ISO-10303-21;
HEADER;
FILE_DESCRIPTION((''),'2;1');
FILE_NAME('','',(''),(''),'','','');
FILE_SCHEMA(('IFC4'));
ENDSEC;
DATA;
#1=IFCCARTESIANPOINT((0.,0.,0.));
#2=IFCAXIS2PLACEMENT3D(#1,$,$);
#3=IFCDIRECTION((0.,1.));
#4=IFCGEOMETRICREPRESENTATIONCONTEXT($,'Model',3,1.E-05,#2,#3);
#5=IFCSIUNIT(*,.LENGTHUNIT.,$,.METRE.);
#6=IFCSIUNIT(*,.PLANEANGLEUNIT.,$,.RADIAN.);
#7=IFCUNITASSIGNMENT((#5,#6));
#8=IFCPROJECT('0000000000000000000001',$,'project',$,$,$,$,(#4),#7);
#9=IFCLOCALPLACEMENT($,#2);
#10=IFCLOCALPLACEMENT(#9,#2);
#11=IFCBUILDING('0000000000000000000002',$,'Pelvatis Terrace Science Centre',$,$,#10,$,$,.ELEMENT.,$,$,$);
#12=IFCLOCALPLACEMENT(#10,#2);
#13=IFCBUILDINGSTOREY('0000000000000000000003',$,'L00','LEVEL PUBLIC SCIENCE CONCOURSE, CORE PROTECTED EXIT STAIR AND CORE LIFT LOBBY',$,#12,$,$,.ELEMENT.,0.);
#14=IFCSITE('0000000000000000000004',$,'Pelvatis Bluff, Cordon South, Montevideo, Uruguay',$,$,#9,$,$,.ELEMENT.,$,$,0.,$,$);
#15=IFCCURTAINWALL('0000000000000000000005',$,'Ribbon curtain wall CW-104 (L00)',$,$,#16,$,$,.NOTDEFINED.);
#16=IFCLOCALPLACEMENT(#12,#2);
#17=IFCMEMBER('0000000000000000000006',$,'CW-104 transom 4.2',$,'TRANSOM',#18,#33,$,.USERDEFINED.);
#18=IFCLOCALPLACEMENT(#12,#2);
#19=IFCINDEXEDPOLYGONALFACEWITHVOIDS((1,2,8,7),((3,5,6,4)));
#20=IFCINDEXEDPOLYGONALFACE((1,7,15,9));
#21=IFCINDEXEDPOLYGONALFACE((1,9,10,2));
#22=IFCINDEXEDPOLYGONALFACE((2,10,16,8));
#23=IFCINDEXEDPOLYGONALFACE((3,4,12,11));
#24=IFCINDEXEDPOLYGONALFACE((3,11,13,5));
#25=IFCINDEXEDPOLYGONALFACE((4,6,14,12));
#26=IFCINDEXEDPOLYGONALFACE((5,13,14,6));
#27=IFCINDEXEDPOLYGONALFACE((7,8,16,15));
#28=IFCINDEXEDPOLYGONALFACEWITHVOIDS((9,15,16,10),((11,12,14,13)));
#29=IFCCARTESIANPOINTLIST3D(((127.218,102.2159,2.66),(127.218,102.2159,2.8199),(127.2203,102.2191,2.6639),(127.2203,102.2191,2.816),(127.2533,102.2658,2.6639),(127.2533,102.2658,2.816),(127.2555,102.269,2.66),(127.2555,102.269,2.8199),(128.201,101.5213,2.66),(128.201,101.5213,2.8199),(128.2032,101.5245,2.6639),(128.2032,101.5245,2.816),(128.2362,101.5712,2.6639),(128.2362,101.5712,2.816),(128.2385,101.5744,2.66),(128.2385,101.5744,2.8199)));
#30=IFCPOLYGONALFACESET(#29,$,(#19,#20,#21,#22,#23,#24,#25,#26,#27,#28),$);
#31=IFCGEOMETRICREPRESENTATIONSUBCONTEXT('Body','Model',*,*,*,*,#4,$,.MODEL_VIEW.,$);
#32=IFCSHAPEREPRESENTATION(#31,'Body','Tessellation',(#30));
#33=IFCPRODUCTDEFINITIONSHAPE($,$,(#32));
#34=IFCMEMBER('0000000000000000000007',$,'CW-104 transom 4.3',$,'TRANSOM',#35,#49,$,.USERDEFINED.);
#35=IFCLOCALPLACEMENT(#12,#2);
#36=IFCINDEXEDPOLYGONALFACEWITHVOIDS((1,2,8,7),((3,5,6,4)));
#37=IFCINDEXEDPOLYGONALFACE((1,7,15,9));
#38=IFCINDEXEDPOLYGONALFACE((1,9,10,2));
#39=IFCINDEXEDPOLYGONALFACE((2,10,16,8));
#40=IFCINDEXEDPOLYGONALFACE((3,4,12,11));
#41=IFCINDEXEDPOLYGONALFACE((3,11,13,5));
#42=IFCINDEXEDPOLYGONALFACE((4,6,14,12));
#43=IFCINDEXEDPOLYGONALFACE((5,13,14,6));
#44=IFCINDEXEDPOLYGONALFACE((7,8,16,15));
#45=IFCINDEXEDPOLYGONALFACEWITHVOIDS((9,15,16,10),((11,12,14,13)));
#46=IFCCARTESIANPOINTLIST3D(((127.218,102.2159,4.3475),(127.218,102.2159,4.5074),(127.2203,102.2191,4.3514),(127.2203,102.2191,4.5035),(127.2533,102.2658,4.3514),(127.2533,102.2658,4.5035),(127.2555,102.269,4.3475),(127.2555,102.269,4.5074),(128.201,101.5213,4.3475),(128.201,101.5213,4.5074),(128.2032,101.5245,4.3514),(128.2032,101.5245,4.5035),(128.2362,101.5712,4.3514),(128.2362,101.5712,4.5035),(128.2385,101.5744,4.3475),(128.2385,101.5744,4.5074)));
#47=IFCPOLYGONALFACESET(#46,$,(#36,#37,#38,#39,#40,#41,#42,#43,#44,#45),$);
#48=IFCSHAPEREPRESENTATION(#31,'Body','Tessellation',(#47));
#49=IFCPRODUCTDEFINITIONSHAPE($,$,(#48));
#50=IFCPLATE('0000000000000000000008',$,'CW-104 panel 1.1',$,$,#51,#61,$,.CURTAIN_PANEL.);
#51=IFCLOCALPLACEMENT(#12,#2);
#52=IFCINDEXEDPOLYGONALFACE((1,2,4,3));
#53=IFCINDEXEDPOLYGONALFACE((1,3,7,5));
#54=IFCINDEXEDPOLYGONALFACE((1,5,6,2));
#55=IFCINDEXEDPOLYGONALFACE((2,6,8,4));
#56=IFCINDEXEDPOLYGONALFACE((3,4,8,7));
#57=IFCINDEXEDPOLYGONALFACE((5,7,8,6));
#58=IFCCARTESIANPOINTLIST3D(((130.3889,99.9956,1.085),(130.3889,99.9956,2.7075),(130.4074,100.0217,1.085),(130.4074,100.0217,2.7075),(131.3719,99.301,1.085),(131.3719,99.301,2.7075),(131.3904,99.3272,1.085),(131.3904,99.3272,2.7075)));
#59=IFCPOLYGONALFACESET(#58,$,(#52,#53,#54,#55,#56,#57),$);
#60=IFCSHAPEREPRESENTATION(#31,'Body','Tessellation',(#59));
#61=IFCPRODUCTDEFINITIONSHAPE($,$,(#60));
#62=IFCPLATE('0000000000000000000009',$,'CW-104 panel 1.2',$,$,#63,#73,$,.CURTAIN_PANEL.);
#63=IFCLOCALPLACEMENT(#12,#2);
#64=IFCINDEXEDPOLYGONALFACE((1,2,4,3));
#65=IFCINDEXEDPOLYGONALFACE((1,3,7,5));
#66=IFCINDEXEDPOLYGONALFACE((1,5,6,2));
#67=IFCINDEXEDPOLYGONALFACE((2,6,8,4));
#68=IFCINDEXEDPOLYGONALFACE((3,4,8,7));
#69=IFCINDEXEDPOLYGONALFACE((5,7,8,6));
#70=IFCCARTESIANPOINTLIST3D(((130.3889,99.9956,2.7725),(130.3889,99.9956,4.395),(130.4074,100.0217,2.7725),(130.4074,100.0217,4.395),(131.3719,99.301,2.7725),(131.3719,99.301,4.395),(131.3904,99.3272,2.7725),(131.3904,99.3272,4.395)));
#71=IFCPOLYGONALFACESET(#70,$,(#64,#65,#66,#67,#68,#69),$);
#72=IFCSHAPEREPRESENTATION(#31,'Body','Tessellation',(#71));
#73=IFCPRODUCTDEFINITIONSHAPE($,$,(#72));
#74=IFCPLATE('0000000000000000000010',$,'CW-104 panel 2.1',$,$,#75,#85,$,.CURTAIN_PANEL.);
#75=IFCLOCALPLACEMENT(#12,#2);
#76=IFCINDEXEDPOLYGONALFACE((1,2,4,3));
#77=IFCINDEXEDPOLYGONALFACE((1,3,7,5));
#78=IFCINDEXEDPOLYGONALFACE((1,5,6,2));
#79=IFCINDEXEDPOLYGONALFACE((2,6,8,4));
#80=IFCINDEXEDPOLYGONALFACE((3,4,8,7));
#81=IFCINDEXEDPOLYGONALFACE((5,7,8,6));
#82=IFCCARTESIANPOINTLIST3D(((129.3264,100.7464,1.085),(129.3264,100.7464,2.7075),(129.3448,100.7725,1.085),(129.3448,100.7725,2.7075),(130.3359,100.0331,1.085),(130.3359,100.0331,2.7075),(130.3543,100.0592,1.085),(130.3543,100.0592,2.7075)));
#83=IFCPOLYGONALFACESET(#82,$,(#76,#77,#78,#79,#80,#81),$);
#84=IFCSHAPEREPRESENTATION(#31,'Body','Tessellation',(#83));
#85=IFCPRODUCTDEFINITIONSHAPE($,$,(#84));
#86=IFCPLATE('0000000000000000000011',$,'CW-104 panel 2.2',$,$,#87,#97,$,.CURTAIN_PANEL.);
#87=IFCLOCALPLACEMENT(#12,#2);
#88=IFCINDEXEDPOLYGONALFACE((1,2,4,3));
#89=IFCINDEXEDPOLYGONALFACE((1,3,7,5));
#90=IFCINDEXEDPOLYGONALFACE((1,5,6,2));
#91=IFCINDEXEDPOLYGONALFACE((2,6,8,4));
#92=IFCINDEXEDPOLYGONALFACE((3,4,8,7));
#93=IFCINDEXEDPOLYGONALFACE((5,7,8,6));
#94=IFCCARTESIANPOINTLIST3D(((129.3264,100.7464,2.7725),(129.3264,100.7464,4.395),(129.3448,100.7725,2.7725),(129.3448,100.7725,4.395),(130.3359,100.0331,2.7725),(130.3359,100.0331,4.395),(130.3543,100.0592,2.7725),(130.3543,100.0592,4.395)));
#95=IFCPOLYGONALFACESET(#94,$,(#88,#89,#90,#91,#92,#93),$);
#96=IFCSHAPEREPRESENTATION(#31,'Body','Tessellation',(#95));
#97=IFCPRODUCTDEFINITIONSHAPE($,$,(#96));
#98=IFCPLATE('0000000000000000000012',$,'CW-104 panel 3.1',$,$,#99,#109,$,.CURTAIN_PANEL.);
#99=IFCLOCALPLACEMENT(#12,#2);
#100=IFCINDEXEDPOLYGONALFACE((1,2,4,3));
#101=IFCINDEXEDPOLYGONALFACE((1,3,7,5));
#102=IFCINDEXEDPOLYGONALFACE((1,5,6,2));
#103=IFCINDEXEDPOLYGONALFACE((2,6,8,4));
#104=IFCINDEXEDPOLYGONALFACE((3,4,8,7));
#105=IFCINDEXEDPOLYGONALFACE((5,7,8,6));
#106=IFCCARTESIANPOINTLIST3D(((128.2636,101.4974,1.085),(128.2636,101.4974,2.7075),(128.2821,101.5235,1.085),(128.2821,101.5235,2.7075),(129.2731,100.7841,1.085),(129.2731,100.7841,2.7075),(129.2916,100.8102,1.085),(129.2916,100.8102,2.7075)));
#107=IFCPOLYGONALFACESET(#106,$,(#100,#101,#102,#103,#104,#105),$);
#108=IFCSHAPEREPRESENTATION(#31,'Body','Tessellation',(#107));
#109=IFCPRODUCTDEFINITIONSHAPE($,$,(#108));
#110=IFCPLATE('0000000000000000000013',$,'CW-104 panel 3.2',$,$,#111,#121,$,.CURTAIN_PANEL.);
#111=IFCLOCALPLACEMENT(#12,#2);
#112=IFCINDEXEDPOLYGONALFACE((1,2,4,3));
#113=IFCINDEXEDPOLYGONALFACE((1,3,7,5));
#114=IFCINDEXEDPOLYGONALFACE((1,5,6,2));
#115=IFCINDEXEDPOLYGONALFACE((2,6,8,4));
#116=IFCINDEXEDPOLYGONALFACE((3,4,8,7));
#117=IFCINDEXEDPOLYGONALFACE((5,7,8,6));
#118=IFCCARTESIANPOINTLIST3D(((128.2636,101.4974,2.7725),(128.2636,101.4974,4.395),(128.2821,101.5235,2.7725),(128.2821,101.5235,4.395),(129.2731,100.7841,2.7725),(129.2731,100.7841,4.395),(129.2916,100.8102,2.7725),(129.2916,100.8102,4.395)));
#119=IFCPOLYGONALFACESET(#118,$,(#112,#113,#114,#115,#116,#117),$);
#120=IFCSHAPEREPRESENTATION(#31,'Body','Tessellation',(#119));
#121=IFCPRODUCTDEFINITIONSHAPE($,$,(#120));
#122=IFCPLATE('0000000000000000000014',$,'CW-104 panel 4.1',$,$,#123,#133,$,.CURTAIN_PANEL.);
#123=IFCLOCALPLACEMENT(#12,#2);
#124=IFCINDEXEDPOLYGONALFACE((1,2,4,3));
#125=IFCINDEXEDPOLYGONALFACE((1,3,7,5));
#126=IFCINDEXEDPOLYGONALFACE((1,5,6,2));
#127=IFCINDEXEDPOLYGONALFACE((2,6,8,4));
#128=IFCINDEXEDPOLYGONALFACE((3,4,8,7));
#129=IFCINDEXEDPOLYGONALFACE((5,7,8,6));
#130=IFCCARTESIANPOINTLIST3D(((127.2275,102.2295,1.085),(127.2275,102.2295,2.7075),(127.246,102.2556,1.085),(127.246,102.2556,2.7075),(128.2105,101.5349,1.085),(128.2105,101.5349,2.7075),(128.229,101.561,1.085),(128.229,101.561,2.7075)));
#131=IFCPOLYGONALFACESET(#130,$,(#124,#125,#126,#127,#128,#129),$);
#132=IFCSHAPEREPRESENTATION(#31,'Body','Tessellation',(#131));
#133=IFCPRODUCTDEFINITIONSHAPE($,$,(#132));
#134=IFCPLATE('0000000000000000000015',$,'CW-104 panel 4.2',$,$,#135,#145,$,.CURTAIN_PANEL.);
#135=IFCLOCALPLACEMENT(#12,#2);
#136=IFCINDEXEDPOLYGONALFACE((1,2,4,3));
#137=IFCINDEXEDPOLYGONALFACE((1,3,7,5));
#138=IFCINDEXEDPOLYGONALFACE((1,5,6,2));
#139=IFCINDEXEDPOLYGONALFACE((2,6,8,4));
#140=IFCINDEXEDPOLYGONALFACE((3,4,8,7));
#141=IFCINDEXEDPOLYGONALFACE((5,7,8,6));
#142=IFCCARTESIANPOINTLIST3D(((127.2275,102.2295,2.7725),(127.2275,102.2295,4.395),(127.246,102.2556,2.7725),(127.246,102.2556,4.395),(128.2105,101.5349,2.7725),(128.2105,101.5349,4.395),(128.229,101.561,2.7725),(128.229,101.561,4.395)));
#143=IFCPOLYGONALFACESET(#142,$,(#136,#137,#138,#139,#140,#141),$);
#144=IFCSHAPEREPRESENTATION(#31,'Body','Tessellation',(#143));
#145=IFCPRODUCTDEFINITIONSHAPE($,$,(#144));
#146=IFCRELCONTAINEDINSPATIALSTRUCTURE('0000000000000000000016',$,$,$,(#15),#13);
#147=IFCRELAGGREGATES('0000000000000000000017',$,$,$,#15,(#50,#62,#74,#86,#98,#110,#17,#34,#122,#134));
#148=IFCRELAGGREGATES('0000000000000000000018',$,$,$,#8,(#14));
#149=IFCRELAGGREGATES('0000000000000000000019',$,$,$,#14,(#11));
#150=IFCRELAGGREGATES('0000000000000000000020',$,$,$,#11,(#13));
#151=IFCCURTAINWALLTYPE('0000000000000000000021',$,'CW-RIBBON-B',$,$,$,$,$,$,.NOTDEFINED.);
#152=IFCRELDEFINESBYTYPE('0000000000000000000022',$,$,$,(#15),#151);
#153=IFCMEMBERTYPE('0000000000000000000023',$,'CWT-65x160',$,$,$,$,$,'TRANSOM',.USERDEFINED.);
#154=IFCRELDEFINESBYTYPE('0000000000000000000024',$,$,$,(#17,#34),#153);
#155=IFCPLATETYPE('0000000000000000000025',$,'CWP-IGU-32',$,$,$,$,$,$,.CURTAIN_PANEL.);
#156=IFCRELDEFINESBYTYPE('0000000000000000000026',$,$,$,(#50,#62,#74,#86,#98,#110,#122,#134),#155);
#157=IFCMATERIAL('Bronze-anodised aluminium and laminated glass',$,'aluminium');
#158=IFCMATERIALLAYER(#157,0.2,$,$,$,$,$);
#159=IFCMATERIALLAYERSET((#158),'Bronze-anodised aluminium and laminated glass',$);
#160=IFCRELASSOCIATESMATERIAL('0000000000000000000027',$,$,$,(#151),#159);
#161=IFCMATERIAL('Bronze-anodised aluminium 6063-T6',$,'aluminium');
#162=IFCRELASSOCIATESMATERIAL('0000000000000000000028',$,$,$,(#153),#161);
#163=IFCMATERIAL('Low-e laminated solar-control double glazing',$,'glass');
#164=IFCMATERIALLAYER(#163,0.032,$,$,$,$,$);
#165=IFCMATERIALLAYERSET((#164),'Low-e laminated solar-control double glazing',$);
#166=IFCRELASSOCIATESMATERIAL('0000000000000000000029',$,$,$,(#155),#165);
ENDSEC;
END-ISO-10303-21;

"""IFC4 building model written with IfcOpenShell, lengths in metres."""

from ifc_helpers import new_model, si_unit, direction, frame, origin, origin_2d, place, context, subcontext, project, spatial, rectangle, hollow_rectangle, extrude, material, layer, layer_set, material_profile, profile_set, type_object, element, aggregate, save


model = new_model("IFC4")

# Units and contexts
model_context = context("Model", 3, precision=1e-05, world=origin(), true_north=direction((0.0, 1.0)))
body_context = subcontext(model_context, "Body", "Model", "MODEL_VIEW")
ifc_project = project(units=[si_unit("LENGTHUNIT", "METRE"), si_unit("PLANEANGLEUNIT", "RADIAN")], contexts=[model_context])

# Site, building, storey
site_placement = place(None, origin())
site = spatial("IfcSite", under=ifc_project, at=site_placement, Name="Pelvatis Bluff, Cordon South, Montevideo, Uruguay", CompositionType="ELEMENT", RefElevation=0.0)
building_placement = place(site_placement, origin())
building = spatial("IfcBuilding", under=site, at=building_placement, Name="Pelvatis Terrace Science Centre", CompositionType="ELEMENT")
storey_placement = place(building_placement, origin())
storey = spatial("IfcBuildingStorey", under=building, at=storey_placement, Name="L00", Description="LEVEL PUBLIC SCIENCE CONCOURSE, CORE PROTECTED EXIT STAIR AND CORE LIFT LOBBY", CompositionType="ELEMENT", Elevation=0.0)

# Curtain wall, members, plates
ifc_material_1 = material(Name="Bronze-anodised aluminium and laminated glass", Category="aluminium")
ifc_layer_1 = layer(ifc_material_1, 0.2)
ifc_layer_set_1 = layer_set([ifc_layer_1], Name="Bronze-anodised aluminium and laminated glass")
curtain_wall_type = type_object("IfcCurtainWallType", Name="CW-RIBBON-B", PredefinedType="NOTDEFINED", material=ifc_layer_set_1)
curtain_wall_placement = place(storey_placement, origin())
curtain_wall = element("IfcCurtainWall", 1, at=curtain_wall_placement, inside=storey, type_object=curtain_wall_type, Name="Ribbon curtain wall CW-104 (L00)", PredefinedType="NOTDEFINED")
ifc_material_2 = material(Name="Bronze-anodised aluminium 6063-T6", Category="aluminium")
ifc_material_profile_1 = material_profile(ifc_material_2, hollow_rectangle(XDim=0.0649, YDim=0.1599, WallThickness=0.0039, at=origin_2d()), Name="ALU-TRN 65x160")
ifc_profile_set_1 = profile_set([ifc_material_profile_1], Name="Bronze-anodised aluminium 6063-T6")
member_type_1 = type_object("IfcMemberType", Name="CWT-65x160", ElementType="TRANSOM", PredefinedType="USERDEFINED", material=ifc_profile_set_1)
member_1_placement = place(storey_placement, frame((128.2197, 101.5479, 2.74), z_axis=(-0.81667, 0.577105, 0.0), x_axis=(-0.577105, -0.81667, 0.0)))
member_1 = element("IfcMember", 2, at=member_1_placement, type_object=member_type_1, Name="CW-104 transom 4.2", ObjectType="TRANSOM", PredefinedType="USERDEFINED", context=body_context, shape_type="SweptSolid", body=[
    extrude(hollow_rectangle(XDim=0.0649, YDim=0.1599, WallThickness=0.0039, at=origin_2d()), origin(), (0.0, 0.0, 1.0), 1.2036),
])
member_2_placement = place(storey_placement, frame((128.2197, 101.5479, 4.4275), z_axis=(-0.81667, 0.577105, 0.0), x_axis=(-0.577105, -0.81667, 0.0)))
member_2 = element("IfcMember", 3, at=member_2_placement, type_object=member_type_1, Name="CW-104 transom 4.3", ObjectType="TRANSOM", PredefinedType="USERDEFINED", context=body_context, shape_type="SweptSolid", body=[
    extrude(hollow_rectangle(XDim=0.0649, YDim=0.1599, WallThickness=0.0039, at=origin_2d()), origin(), (0.0, 0.0, 1.0), 1.2036),
])
ifc_material_3 = material(Name="Low-e laminated solar-control double glazing", Category="glass")
ifc_layer_2 = layer(ifc_material_3, 0.032)
ifc_layer_set_2 = layer_set([ifc_layer_2], Name="Low-e laminated solar-control double glazing")
plate_type = type_object("IfcPlateType", Name="CWP-IGU-32", PredefinedType="CURTAIN_PANEL", material=ifc_layer_set_2)
plate_1_placement = place(storey_placement, frame((130.8896, 99.6614, 1.085), z_axis=(0.0, 0.0, 1.0), x_axis=(-0.816698, 0.577065, 0.0)))
plate_1 = element("IfcPlate", 4, at=plate_1_placement, type_object=plate_type, Name="CW-104 panel 1.1", PredefinedType="CURTAIN_PANEL", context=body_context, shape_type="SweptSolid", body=[
    extrude(rectangle(XDim=1.2036, YDim=0.032, at=origin_2d()), origin(), (0.0, 0.0, 1.0), 1.6226),
])
plate_2_placement = place(storey_placement, frame((130.8896, 99.6614, 2.7725), z_axis=(0.0, 0.0, 1.0), x_axis=(-0.816698, 0.577065, 0.0)))
plate_2 = element("IfcPlate", 5, at=plate_2_placement, type_object=plate_type, Name="CW-104 panel 1.2", PredefinedType="CURTAIN_PANEL", context=body_context, shape_type="SweptSolid", body=[
    extrude(rectangle(XDim=1.2036, YDim=0.032, at=origin_2d()), origin(), (0.0, 0.0, 1.0), 1.6226),
])
plate_3_placement = place(storey_placement, frame((129.8403, 100.4028, 1.085), z_axis=(0.0, 0.0, 1.0), x_axis=(-0.816698, 0.577065, 0.0)))
plate_3 = element("IfcPlate", 6, at=plate_3_placement, type_object=plate_type, Name="CW-104 panel 2.1", PredefinedType="CURTAIN_PANEL", context=body_context, shape_type="SweptSolid", body=[
    extrude(rectangle(XDim=1.2361, YDim=0.032, at=origin_2d()), origin(), (0.0, 0.0, 1.0), 1.6226),
])
plate_4_placement = place(storey_placement, frame((129.8403, 100.4028, 2.7725), z_axis=(0.0, 0.0, 1.0), x_axis=(-0.816698, 0.577065, 0.0)))
plate_4 = element("IfcPlate", 7, at=plate_4_placement, type_object=plate_type, Name="CW-104 panel 2.2", PredefinedType="CURTAIN_PANEL", context=body_context, shape_type="SweptSolid", body=[
    extrude(rectangle(XDim=1.2361, YDim=0.032, at=origin_2d()), origin(), (0.0, 0.0, 1.0), 1.6226),
])
plate_5_placement = place(storey_placement, frame((128.7776, 101.1538, 1.085), z_axis=(0.0, 0.0, 1.0), x_axis=(-0.816698, 0.577065, 0.0)))
plate_5 = element("IfcPlate", 8, at=plate_5_placement, type_object=plate_type, Name="CW-104 panel 3.1", PredefinedType="CURTAIN_PANEL", context=body_context, shape_type="SweptSolid", body=[
    extrude(rectangle(XDim=1.2361, YDim=0.032, at=origin_2d()), origin(), (0.0, 0.0, 1.0), 1.6226),
])
plate_6_placement = place(storey_placement, frame((128.7776, 101.1538, 2.7725), z_axis=(0.0, 0.0, 1.0), x_axis=(-0.816698, 0.577065, 0.0)))
plate_6 = element("IfcPlate", 9, at=plate_6_placement, type_object=plate_type, Name="CW-104 panel 3.2", PredefinedType="CURTAIN_PANEL", context=body_context, shape_type="SweptSolid", body=[
    extrude(rectangle(XDim=1.2361, YDim=0.032, at=origin_2d()), origin(), (0.0, 0.0, 1.0), 1.6226),
])
plate_7_placement = place(storey_placement, frame((127.7283, 101.8953, 1.085), z_axis=(0.0, 0.0, 1.0), x_axis=(-0.816698, 0.577065, 0.0)))
plate_7 = element("IfcPlate", 10, at=plate_7_placement, type_object=plate_type, Name="CW-104 panel 4.1", PredefinedType="CURTAIN_PANEL", context=body_context, shape_type="SweptSolid", body=[
    extrude(rectangle(XDim=1.2036, YDim=0.032, at=origin_2d()), origin(), (0.0, 0.0, 1.0), 1.6226),
])
plate_8_placement = place(storey_placement, frame((127.7283, 101.8953, 2.7725), z_axis=(0.0, 0.0, 1.0), x_axis=(-0.816698, 0.577065, 0.0)))
plate_8 = element("IfcPlate", 11, at=plate_8_placement, type_object=plate_type, Name="CW-104 panel 4.2", PredefinedType="CURTAIN_PANEL", context=body_context, shape_type="SweptSolid", body=[
    extrude(rectangle(XDim=1.2036, YDim=0.032, at=origin_2d()), origin(), (0.0, 0.0, 1.0), 1.6226),
])
aggregate(curtain_wall, [plate_1, plate_2, plate_3, plate_4, plate_5, plate_6, member_1, member_2, plate_7, plate_8])

save(model, "model.ifc")
